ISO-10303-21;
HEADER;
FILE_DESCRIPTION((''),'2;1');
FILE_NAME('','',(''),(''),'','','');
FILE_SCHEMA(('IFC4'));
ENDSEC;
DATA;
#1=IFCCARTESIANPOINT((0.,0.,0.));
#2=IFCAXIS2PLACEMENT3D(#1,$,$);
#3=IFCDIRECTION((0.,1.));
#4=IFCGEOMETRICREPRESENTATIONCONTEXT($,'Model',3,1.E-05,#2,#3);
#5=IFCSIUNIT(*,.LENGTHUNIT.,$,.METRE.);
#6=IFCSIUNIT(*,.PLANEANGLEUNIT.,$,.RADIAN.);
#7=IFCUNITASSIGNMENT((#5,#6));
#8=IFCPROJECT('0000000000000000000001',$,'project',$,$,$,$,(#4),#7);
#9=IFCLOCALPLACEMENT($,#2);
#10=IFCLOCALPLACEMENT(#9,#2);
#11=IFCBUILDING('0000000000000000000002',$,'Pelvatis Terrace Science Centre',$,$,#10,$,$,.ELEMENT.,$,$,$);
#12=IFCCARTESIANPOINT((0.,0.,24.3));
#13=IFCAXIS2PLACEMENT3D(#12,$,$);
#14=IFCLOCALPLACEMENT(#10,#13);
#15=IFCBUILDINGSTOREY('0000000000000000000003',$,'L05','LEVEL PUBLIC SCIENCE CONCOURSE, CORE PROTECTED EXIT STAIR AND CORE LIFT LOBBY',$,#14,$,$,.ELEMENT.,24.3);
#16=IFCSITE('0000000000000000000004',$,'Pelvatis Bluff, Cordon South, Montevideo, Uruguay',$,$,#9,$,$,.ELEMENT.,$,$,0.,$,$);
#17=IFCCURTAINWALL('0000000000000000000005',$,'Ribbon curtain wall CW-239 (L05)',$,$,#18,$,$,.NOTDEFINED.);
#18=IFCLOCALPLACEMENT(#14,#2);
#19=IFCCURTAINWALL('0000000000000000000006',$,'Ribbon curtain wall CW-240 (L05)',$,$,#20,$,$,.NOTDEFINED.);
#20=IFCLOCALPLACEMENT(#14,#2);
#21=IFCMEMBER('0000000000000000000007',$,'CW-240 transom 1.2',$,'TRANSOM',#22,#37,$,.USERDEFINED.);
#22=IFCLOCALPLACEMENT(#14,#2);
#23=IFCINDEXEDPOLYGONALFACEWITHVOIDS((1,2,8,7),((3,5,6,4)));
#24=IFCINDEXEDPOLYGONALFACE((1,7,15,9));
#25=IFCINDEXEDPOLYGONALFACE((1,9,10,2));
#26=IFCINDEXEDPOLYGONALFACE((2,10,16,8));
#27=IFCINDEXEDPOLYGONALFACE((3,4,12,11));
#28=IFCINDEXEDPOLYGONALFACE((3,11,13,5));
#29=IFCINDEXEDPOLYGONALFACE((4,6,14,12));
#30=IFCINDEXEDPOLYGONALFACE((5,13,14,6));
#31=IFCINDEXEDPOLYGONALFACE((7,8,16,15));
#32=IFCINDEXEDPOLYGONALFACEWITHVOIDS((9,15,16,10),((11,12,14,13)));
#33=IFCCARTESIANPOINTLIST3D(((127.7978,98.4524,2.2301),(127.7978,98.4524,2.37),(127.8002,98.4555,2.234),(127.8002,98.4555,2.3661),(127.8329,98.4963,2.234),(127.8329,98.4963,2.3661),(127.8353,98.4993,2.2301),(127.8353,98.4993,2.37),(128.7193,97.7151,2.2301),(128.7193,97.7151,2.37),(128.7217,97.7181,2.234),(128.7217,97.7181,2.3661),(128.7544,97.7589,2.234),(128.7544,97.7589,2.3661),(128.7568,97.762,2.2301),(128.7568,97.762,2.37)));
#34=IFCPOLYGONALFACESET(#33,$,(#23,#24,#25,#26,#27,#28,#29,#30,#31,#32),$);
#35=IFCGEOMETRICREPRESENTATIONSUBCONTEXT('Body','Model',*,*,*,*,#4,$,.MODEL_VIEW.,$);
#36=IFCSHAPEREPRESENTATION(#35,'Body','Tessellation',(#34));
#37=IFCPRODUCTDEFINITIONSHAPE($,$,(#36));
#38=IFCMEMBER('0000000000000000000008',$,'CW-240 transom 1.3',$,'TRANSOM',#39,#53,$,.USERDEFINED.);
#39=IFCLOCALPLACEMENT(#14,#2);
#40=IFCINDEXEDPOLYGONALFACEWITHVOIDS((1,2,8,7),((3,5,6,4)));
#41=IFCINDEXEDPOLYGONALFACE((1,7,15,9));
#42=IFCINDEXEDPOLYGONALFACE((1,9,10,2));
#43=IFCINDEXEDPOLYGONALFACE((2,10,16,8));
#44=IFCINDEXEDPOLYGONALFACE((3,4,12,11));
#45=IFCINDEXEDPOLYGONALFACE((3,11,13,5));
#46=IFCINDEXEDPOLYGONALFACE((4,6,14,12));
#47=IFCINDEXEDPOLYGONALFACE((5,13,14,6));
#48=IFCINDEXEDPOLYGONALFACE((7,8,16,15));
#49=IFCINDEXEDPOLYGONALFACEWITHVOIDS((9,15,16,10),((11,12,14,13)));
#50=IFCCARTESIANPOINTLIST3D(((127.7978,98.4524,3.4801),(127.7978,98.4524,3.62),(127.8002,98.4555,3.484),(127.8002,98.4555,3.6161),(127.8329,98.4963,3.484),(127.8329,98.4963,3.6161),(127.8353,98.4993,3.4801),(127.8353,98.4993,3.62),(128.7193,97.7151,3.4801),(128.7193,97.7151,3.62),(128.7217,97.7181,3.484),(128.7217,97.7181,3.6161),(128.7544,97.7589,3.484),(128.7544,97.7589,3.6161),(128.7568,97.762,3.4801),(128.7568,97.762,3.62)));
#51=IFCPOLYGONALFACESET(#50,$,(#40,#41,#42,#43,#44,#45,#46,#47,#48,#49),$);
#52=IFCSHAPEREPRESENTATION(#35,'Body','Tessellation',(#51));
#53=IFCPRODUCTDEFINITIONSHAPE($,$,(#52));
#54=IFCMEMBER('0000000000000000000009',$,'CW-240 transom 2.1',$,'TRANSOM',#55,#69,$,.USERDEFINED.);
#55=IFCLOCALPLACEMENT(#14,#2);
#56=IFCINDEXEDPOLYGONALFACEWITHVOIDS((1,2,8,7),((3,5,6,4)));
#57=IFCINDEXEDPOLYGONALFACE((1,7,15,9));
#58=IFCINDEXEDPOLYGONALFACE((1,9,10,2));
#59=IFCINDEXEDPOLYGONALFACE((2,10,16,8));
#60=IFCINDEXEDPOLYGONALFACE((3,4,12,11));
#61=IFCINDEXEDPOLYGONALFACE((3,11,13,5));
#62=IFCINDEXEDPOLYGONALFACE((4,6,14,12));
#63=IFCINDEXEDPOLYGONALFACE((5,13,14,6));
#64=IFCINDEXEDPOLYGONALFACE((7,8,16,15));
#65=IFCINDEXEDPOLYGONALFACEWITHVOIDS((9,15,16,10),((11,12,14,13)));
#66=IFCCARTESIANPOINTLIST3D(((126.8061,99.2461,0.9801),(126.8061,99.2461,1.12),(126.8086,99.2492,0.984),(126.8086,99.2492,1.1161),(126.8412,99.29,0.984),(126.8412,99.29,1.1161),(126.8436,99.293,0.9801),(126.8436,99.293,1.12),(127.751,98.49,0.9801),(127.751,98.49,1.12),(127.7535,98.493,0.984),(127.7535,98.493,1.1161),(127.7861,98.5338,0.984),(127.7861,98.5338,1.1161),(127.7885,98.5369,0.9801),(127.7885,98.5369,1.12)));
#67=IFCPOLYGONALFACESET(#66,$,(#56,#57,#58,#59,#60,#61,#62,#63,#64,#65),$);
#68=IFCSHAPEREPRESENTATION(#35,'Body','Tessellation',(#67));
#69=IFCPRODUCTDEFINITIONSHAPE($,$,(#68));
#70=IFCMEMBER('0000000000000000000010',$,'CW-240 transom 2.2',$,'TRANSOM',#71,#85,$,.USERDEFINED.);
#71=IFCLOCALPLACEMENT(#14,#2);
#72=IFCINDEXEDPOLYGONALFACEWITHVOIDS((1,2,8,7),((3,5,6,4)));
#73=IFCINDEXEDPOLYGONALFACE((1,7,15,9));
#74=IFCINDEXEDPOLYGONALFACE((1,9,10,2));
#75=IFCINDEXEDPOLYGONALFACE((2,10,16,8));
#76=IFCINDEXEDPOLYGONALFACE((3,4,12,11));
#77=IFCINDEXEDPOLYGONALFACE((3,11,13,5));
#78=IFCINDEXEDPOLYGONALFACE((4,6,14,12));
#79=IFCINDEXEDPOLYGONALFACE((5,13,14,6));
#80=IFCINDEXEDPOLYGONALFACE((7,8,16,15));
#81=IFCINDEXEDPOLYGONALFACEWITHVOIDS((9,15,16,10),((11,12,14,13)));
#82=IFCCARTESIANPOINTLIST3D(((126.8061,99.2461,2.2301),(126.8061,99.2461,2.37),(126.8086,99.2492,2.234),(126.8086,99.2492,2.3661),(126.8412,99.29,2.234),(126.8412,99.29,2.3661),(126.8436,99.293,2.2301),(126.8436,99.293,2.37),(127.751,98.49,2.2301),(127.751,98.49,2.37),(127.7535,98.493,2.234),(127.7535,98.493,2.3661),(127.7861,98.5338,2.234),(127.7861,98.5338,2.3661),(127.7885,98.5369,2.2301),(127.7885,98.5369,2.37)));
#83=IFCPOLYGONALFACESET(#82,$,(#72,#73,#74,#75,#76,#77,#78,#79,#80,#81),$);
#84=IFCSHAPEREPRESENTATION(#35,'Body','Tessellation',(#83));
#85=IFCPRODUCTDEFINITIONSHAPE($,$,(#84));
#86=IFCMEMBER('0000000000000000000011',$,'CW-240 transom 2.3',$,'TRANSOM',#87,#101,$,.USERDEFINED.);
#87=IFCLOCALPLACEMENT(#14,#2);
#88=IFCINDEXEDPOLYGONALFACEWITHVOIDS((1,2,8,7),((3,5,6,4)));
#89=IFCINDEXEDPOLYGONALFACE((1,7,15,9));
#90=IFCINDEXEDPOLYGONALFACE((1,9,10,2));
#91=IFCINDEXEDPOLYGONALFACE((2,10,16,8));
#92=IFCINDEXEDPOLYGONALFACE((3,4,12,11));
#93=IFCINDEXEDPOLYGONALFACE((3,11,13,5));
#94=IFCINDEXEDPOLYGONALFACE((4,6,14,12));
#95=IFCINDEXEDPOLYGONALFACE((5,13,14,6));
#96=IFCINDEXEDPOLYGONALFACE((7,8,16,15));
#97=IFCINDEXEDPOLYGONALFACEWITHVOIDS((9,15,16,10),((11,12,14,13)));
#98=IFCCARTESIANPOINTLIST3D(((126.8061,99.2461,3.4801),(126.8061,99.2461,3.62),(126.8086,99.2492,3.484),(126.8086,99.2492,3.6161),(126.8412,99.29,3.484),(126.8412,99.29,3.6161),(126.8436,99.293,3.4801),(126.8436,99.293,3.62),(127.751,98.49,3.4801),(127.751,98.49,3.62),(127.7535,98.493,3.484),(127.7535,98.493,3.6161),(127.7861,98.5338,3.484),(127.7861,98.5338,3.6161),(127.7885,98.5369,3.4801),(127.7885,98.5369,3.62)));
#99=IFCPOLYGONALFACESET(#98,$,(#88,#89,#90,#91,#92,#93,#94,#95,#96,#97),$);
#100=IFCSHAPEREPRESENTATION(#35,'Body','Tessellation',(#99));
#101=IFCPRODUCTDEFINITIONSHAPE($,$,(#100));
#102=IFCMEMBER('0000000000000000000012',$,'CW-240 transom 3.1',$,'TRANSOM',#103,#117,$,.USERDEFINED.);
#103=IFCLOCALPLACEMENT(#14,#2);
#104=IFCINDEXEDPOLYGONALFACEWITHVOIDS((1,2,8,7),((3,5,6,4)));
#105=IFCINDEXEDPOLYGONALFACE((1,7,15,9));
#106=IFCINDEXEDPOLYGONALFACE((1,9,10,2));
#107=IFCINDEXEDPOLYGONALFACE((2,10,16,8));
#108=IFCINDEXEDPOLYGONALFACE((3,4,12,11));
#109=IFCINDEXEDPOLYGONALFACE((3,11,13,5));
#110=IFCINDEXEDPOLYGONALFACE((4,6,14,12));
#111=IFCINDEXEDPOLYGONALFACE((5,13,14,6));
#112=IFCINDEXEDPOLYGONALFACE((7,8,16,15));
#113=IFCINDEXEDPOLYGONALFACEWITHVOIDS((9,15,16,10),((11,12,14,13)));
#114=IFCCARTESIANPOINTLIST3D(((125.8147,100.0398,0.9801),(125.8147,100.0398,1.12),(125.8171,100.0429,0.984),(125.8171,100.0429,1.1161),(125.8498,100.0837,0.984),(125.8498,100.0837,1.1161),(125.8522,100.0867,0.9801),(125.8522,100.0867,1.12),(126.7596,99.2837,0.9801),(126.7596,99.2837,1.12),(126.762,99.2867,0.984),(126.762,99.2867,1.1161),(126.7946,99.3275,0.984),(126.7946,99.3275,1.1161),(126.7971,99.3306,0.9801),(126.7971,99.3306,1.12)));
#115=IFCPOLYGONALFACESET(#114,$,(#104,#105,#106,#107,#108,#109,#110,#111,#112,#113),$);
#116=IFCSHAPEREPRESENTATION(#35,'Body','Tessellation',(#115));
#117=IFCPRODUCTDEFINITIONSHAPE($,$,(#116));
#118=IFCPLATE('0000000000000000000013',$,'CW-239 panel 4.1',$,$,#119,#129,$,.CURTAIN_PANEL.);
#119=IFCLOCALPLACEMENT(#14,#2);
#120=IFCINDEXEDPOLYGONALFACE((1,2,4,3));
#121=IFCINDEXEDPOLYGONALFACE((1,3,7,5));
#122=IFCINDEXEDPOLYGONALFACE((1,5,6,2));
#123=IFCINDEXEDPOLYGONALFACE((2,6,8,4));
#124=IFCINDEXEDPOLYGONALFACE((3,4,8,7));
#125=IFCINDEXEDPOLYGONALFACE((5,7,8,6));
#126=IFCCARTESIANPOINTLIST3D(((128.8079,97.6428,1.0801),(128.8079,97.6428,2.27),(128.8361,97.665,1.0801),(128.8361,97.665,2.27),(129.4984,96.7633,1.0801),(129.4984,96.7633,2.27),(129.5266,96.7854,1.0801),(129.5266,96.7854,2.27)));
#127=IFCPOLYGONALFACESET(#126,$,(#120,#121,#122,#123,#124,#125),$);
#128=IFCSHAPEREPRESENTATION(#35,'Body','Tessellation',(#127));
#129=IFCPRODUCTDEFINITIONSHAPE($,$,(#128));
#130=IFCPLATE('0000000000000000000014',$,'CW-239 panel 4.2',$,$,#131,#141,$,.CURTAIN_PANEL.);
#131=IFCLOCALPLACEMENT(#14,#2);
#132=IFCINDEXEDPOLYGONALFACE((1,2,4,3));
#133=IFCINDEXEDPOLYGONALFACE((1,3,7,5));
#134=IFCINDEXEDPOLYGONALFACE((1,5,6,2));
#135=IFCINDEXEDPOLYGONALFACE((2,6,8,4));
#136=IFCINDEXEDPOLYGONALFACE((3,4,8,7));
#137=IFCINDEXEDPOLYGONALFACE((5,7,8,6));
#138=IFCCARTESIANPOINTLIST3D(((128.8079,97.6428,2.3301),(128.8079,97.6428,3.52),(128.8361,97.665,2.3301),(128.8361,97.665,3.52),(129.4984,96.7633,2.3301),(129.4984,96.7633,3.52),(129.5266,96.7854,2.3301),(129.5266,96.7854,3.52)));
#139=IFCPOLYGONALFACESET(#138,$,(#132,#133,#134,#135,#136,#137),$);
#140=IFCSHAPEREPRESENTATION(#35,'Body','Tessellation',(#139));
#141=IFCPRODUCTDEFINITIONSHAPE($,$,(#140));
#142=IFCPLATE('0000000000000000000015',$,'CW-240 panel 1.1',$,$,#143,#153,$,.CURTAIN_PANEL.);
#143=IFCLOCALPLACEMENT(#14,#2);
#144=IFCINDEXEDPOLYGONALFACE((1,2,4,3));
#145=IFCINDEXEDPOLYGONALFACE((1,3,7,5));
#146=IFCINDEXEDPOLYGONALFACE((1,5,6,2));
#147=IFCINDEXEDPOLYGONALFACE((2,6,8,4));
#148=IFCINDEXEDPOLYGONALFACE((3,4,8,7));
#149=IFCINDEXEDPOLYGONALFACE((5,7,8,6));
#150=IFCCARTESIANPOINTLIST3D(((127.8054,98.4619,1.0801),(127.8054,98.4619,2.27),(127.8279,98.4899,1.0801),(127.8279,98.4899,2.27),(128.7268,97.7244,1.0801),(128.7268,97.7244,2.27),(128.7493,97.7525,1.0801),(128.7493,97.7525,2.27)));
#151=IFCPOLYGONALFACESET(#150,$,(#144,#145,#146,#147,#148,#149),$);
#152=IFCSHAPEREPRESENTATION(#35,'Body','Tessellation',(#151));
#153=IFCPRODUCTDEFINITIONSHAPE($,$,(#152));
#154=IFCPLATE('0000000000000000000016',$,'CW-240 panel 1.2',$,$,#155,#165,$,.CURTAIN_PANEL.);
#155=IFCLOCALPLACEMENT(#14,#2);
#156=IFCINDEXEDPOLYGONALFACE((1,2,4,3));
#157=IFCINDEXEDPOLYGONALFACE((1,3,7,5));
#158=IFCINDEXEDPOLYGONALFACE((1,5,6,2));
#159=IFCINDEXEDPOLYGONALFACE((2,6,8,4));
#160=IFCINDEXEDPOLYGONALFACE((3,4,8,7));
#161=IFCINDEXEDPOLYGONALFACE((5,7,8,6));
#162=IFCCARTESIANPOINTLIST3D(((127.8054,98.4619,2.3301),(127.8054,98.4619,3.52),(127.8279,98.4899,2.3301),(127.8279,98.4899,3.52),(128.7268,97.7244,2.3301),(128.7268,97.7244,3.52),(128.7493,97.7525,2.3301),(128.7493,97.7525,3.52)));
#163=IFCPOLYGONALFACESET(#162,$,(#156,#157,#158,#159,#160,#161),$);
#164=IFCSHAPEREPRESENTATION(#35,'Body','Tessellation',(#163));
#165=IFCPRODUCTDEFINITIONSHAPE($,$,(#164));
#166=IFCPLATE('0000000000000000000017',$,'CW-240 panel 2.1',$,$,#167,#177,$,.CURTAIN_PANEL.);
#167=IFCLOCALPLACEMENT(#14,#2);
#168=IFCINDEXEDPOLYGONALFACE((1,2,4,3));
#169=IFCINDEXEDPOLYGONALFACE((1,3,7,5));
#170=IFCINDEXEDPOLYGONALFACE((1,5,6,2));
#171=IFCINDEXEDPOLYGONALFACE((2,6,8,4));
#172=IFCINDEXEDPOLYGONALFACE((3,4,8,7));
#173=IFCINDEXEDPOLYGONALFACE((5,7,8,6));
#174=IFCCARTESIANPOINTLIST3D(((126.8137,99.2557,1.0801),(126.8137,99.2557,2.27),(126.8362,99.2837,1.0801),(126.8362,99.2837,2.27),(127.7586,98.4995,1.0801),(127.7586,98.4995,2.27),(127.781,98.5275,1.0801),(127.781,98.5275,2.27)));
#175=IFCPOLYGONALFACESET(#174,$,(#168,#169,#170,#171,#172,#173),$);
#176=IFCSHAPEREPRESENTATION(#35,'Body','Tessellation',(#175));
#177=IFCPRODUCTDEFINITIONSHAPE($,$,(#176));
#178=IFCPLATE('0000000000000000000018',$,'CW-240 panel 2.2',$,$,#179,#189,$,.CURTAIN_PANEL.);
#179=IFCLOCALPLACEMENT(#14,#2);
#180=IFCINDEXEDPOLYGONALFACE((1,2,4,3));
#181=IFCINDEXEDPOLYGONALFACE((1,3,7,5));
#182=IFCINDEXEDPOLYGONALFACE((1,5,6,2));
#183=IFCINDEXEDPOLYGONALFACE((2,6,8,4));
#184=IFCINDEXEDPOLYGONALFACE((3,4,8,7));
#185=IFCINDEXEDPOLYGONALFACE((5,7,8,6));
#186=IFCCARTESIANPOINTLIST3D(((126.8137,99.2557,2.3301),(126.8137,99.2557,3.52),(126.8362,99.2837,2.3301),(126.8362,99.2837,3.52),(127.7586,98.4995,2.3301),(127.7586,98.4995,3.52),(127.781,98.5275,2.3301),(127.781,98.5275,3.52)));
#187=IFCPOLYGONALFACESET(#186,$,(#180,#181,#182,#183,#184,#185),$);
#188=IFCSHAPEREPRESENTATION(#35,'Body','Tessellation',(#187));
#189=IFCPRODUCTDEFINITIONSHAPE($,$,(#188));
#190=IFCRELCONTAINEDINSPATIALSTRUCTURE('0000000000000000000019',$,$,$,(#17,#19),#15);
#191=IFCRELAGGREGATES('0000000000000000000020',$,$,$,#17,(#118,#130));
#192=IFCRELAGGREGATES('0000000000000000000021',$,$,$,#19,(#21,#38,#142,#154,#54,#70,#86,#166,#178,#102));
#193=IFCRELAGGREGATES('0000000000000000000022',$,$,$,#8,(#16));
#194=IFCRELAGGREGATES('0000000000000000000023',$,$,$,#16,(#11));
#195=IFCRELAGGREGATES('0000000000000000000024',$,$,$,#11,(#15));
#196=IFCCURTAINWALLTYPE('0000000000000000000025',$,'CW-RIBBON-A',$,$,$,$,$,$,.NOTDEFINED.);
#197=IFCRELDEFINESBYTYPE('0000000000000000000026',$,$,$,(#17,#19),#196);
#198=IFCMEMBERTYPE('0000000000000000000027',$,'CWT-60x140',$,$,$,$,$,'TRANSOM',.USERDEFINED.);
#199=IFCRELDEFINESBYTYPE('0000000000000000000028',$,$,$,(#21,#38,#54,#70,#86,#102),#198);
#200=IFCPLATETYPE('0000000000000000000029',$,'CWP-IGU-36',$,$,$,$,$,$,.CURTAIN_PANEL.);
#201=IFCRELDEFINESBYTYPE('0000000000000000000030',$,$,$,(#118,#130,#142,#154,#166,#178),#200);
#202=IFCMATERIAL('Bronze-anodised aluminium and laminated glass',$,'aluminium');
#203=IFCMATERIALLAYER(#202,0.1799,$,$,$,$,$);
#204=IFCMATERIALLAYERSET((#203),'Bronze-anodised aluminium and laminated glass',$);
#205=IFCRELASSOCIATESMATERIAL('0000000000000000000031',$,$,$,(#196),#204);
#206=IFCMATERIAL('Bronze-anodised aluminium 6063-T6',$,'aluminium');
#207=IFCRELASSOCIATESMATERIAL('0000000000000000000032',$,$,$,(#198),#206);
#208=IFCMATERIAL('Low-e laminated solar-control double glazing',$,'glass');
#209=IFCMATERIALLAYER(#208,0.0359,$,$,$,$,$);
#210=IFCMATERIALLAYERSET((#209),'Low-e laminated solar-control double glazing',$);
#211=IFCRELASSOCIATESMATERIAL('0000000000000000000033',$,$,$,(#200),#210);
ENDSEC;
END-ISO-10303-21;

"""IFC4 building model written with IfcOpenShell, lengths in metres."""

from ifc_helpers import new_model, si_unit, direction, frame, origin, origin_2d, place, context, subcontext, project, spatial, rectangle, hollow_rectangle, extrude, material, layer, layer_set, material_profile, profile_set, type_object, element, aggregate, save


model = new_model("IFC4")

# Units and contexts
model_context = context("Model", 3, precision=1e-05, world=origin(), true_north=direction((0.0, 1.0)))
body_context = subcontext(model_context, "Body", "Model", "MODEL_VIEW")
ifc_project = project(units=[si_unit("LENGTHUNIT", "METRE"), si_unit("PLANEANGLEUNIT", "RADIAN")], contexts=[model_context])

# Site, building, storey
site_placement = place(None, origin())
site = spatial("IfcSite", under=ifc_project, at=site_placement, Name="Pelvatis Bluff, Cordon South, Montevideo, Uruguay", CompositionType="ELEMENT", RefElevation=0.0)
building_placement = place(site_placement, origin())
building = spatial("IfcBuilding", under=site, at=building_placement, Name="Pelvatis Terrace Science Centre", CompositionType="ELEMENT")
storey_placement = place(building_placement, frame((0.0, 0.0, 24.3)))
storey = spatial("IfcBuildingStorey", under=building, at=storey_placement, Name="L05", Description="LEVEL PUBLIC SCIENCE CONCOURSE, CORE PROTECTED EXIT STAIR AND CORE LIFT LOBBY", CompositionType="ELEMENT", Elevation=24.3)

# Curtain walls
ifc_material_1 = material(Name="Bronze-anodised aluminium and laminated glass", Category="aluminium")
ifc_layer_1 = layer(ifc_material_1, 0.1799)
ifc_layer_set_1 = layer_set([ifc_layer_1], Name="Bronze-anodised aluminium and laminated glass")
curtain_wall_type = type_object("IfcCurtainWallType", Name="CW-RIBBON-A", PredefinedType="NOTDEFINED", material=ifc_layer_set_1)
curtain_wall_1_placement = place(storey_placement, origin())
curtain_wall_1 = element("IfcCurtainWall", 1, at=curtain_wall_1_placement, inside=storey, type_object=curtain_wall_type, Name="Ribbon curtain wall CW-239 (L05)", PredefinedType="NOTDEFINED")
curtain_wall_2_placement = place(storey_placement, origin())
curtain_wall_2 = element("IfcCurtainWall", 2, at=curtain_wall_2_placement, inside=storey, type_object=curtain_wall_type, Name="Ribbon curtain wall CW-240 (L05)", PredefinedType="NOTDEFINED")

# Members
ifc_material_2 = material(Name="Bronze-anodised aluminium 6063-T6", Category="aluminium")
ifc_material_profile_1 = material_profile(ifc_material_2, hollow_rectangle(XDim=0.0601, YDim=0.1399, WallThickness=0.0039, at=origin_2d()), Name="ALU-TRN 60x140")
ifc_profile_set_1 = profile_set([ifc_material_profile_1], Name="Bronze-anodised aluminium 6063-T6")
member_type_1 = type_object("IfcMemberType", Name="CWT-60x140", ElementType="TRANSOM", PredefinedType="USERDEFINED", material=ifc_profile_set_1)
member_1_placement = place(storey_placement, frame((128.738, 97.7385, 2.3), z_axis=(-0.780788, 0.624796, 0.0), x_axis=(-0.624796, -0.780788, 0.0)))
member_1 = element("IfcMember", 3, at=member_1_placement, type_object=member_type_1, Name="CW-240 transom 1.2", ObjectType="TRANSOM", PredefinedType="USERDEFINED", context=body_context, shape_type="SweptSolid", body=[
    extrude(hollow_rectangle(XDim=0.0601, YDim=0.1399, WallThickness=0.0039, at=origin_2d()), origin(), (0.0, 0.0, 1.0), 1.1802),
])
member_2_placement = place(storey_placement, frame((128.738, 97.7385, 3.55), z_axis=(-0.780788, 0.624796, 0.0), x_axis=(-0.624796, -0.780788, 0.0)))
member_2 = element("IfcMember", 4, at=member_2_placement, type_object=member_type_1, Name="CW-240 transom 1.3", ObjectType="TRANSOM", PredefinedType="USERDEFINED", context=body_context, shape_type="SweptSolid", body=[
    extrude(hollow_rectangle(XDim=0.0601, YDim=0.1399, WallThickness=0.0039, at=origin_2d()), origin(), (0.0, 0.0, 1.0), 1.1802),
])
member_3_placement = place(storey_placement, frame((127.7698, 98.5134, 1.05), z_axis=(-0.78077, 0.624818, 0.0), x_axis=(-0.624818, -0.78077, 0.0)))
member_3 = element("IfcMember", 5, at=member_3_placement, type_object=member_type_1, Name="CW-240 transom 2.1", ObjectType="TRANSOM", PredefinedType="USERDEFINED", context=body_context, shape_type="SweptSolid", body=[
    extrude(hollow_rectangle(XDim=0.0601, YDim=0.1399, WallThickness=0.0039, at=origin_2d()), origin(), (0.0, 0.0, 1.0), 1.2102),
])
member_4_placement = place(storey_placement, frame((127.7698, 98.5134, 2.3), z_axis=(-0.78077, 0.624818, 0.0), x_axis=(-0.624818, -0.78077, 0.0)))
member_4 = element("IfcMember", 6, at=member_4_placement, type_object=member_type_1, Name="CW-240 transom 2.2", ObjectType="TRANSOM", PredefinedType="USERDEFINED", context=body_context, shape_type="SweptSolid", body=[
    extrude(hollow_rectangle(XDim=0.0601, YDim=0.1399, WallThickness=0.0039, at=origin_2d()), origin(), (0.0, 0.0, 1.0), 1.2102),
])
member_5_placement = place(storey_placement, frame((127.7698, 98.5134, 3.55), z_axis=(-0.78077, 0.624818, 0.0), x_axis=(-0.624818, -0.78077, 0.0)))
member_5 = element("IfcMember", 7, at=member_5_placement, type_object=member_type_1, Name="CW-240 transom 2.3", ObjectType="TRANSOM", PredefinedType="USERDEFINED", context=body_context, shape_type="SweptSolid", body=[
    extrude(hollow_rectangle(XDim=0.0601, YDim=0.1399, WallThickness=0.0039, at=origin_2d()), origin(), (0.0, 0.0, 1.0), 1.2102),
])
member_6_placement = place(storey_placement, frame((126.7783, 99.3071, 1.05), z_axis=(-0.78077, 0.624818, 0.0), x_axis=(-0.624818, -0.78077, 0.0)))
member_6 = element("IfcMember", 8, at=member_6_placement, type_object=member_type_1, Name="CW-240 transom 3.1", ObjectType="TRANSOM", PredefinedType="USERDEFINED", context=body_context, shape_type="SweptSolid", body=[
    extrude(hollow_rectangle(XDim=0.0601, YDim=0.1399, WallThickness=0.0039, at=origin_2d()), origin(), (0.0, 0.0, 1.0), 1.2102),
])

# Plates
ifc_material_3 = material(Name="Low-e laminated solar-control double glazing", Category="glass")
ifc_layer_2 = layer(ifc_material_3, 0.0359)
ifc_layer_set_2 = layer_set([ifc_layer_2], Name="Low-e laminated solar-control double glazing")
plate_type = type_object("IfcPlateType", Name="CWP-IGU-36", PredefinedType="CURTAIN_PANEL", material=ifc_layer_set_2)
plate_1_placement = place(storey_placement, frame((129.1672, 97.2141, 1.0801), z_axis=(0.0, 0.0, 1.0), x_axis=(-0.617493, 0.786577, 0.0)))
plate_1 = element("IfcPlate", 9, at=plate_1_placement, type_object=plate_type, Name="CW-239 panel 4.1", PredefinedType="CURTAIN_PANEL", context=body_context, shape_type="SweptSolid", body=[
    extrude(rectangle(XDim=1.1182, YDim=0.0359, at=origin_2d()), origin(), (0.0, 0.0, 1.0), 1.1899),
])
plate_2_placement = place(storey_placement, frame((129.1672, 97.2141, 2.3301), z_axis=(0.0, 0.0, 1.0), x_axis=(-0.617493, 0.786577, 0.0)))
plate_2 = element("IfcPlate", 10, at=plate_2_placement, type_object=plate_type, Name="CW-239 panel 4.2", PredefinedType="CURTAIN_PANEL", context=body_context, shape_type="SweptSolid", body=[
    extrude(rectangle(XDim=1.1182, YDim=0.0359, at=origin_2d()), origin(), (0.0, 0.0, 1.0), 1.1899),
])
aggregate(curtain_wall_1, [plate_1, plate_2])
plate_3_placement = place(storey_placement, frame((128.2773, 98.1072, 1.0801), z_axis=(0.0, 0.0, 1.0), x_axis=(-0.780725, 0.624875, 0.0)))
plate_3 = element("IfcPlate", 11, at=plate_3_placement, type_object=plate_type, Name="CW-240 panel 1.1", PredefinedType="CURTAIN_PANEL", context=body_context, shape_type="SweptSolid", body=[
    extrude(rectangle(XDim=1.1802, YDim=0.0359, at=origin_2d()), origin(), (0.0, 0.0, 1.0), 1.1899),
])
plate_4_placement = place(storey_placement, frame((128.2773, 98.1072, 2.3301), z_axis=(0.0, 0.0, 1.0), x_axis=(-0.780725, 0.624875, 0.0)))
plate_4 = element("IfcPlate", 12, at=plate_4_placement, type_object=plate_type, Name="CW-240 panel 1.2", PredefinedType="CURTAIN_PANEL", context=body_context, shape_type="SweptSolid", body=[
    extrude(rectangle(XDim=1.1802, YDim=0.0359, at=origin_2d()), origin(), (0.0, 0.0, 1.0), 1.1899),
])
plate_5_placement = place(storey_placement, frame((127.2974, 98.8916, 1.0801), z_axis=(0.0, 0.0, 1.0), x_axis=(-0.780725, 0.624875, 0.0)))
plate_5 = element("IfcPlate", 13, at=plate_5_placement, type_object=plate_type, Name="CW-240 panel 2.1", PredefinedType="CURTAIN_PANEL", context=body_context, shape_type="SweptSolid", body=[
    extrude(rectangle(XDim=1.2102, YDim=0.0359, at=origin_2d()), origin(), (0.0, 0.0, 1.0), 1.1899),
])
plate_6_placement = place(storey_placement, frame((127.2974, 98.8916, 2.3301), z_axis=(0.0, 0.0, 1.0), x_axis=(-0.780725, 0.624875, 0.0)))
plate_6 = element("IfcPlate", 14, at=plate_6_placement, type_object=plate_type, Name="CW-240 panel 2.2", PredefinedType="CURTAIN_PANEL", context=body_context, shape_type="SweptSolid", body=[
    extrude(rectangle(XDim=1.2102, YDim=0.0359, at=origin_2d()), origin(), (0.0, 0.0, 1.0), 1.1899),
])
aggregate(curtain_wall_2, [member_1, member_2, plate_3, plate_4, member_3, member_4, member_5, plate_5, plate_6, member_6])

save(model, "model.ifc")
